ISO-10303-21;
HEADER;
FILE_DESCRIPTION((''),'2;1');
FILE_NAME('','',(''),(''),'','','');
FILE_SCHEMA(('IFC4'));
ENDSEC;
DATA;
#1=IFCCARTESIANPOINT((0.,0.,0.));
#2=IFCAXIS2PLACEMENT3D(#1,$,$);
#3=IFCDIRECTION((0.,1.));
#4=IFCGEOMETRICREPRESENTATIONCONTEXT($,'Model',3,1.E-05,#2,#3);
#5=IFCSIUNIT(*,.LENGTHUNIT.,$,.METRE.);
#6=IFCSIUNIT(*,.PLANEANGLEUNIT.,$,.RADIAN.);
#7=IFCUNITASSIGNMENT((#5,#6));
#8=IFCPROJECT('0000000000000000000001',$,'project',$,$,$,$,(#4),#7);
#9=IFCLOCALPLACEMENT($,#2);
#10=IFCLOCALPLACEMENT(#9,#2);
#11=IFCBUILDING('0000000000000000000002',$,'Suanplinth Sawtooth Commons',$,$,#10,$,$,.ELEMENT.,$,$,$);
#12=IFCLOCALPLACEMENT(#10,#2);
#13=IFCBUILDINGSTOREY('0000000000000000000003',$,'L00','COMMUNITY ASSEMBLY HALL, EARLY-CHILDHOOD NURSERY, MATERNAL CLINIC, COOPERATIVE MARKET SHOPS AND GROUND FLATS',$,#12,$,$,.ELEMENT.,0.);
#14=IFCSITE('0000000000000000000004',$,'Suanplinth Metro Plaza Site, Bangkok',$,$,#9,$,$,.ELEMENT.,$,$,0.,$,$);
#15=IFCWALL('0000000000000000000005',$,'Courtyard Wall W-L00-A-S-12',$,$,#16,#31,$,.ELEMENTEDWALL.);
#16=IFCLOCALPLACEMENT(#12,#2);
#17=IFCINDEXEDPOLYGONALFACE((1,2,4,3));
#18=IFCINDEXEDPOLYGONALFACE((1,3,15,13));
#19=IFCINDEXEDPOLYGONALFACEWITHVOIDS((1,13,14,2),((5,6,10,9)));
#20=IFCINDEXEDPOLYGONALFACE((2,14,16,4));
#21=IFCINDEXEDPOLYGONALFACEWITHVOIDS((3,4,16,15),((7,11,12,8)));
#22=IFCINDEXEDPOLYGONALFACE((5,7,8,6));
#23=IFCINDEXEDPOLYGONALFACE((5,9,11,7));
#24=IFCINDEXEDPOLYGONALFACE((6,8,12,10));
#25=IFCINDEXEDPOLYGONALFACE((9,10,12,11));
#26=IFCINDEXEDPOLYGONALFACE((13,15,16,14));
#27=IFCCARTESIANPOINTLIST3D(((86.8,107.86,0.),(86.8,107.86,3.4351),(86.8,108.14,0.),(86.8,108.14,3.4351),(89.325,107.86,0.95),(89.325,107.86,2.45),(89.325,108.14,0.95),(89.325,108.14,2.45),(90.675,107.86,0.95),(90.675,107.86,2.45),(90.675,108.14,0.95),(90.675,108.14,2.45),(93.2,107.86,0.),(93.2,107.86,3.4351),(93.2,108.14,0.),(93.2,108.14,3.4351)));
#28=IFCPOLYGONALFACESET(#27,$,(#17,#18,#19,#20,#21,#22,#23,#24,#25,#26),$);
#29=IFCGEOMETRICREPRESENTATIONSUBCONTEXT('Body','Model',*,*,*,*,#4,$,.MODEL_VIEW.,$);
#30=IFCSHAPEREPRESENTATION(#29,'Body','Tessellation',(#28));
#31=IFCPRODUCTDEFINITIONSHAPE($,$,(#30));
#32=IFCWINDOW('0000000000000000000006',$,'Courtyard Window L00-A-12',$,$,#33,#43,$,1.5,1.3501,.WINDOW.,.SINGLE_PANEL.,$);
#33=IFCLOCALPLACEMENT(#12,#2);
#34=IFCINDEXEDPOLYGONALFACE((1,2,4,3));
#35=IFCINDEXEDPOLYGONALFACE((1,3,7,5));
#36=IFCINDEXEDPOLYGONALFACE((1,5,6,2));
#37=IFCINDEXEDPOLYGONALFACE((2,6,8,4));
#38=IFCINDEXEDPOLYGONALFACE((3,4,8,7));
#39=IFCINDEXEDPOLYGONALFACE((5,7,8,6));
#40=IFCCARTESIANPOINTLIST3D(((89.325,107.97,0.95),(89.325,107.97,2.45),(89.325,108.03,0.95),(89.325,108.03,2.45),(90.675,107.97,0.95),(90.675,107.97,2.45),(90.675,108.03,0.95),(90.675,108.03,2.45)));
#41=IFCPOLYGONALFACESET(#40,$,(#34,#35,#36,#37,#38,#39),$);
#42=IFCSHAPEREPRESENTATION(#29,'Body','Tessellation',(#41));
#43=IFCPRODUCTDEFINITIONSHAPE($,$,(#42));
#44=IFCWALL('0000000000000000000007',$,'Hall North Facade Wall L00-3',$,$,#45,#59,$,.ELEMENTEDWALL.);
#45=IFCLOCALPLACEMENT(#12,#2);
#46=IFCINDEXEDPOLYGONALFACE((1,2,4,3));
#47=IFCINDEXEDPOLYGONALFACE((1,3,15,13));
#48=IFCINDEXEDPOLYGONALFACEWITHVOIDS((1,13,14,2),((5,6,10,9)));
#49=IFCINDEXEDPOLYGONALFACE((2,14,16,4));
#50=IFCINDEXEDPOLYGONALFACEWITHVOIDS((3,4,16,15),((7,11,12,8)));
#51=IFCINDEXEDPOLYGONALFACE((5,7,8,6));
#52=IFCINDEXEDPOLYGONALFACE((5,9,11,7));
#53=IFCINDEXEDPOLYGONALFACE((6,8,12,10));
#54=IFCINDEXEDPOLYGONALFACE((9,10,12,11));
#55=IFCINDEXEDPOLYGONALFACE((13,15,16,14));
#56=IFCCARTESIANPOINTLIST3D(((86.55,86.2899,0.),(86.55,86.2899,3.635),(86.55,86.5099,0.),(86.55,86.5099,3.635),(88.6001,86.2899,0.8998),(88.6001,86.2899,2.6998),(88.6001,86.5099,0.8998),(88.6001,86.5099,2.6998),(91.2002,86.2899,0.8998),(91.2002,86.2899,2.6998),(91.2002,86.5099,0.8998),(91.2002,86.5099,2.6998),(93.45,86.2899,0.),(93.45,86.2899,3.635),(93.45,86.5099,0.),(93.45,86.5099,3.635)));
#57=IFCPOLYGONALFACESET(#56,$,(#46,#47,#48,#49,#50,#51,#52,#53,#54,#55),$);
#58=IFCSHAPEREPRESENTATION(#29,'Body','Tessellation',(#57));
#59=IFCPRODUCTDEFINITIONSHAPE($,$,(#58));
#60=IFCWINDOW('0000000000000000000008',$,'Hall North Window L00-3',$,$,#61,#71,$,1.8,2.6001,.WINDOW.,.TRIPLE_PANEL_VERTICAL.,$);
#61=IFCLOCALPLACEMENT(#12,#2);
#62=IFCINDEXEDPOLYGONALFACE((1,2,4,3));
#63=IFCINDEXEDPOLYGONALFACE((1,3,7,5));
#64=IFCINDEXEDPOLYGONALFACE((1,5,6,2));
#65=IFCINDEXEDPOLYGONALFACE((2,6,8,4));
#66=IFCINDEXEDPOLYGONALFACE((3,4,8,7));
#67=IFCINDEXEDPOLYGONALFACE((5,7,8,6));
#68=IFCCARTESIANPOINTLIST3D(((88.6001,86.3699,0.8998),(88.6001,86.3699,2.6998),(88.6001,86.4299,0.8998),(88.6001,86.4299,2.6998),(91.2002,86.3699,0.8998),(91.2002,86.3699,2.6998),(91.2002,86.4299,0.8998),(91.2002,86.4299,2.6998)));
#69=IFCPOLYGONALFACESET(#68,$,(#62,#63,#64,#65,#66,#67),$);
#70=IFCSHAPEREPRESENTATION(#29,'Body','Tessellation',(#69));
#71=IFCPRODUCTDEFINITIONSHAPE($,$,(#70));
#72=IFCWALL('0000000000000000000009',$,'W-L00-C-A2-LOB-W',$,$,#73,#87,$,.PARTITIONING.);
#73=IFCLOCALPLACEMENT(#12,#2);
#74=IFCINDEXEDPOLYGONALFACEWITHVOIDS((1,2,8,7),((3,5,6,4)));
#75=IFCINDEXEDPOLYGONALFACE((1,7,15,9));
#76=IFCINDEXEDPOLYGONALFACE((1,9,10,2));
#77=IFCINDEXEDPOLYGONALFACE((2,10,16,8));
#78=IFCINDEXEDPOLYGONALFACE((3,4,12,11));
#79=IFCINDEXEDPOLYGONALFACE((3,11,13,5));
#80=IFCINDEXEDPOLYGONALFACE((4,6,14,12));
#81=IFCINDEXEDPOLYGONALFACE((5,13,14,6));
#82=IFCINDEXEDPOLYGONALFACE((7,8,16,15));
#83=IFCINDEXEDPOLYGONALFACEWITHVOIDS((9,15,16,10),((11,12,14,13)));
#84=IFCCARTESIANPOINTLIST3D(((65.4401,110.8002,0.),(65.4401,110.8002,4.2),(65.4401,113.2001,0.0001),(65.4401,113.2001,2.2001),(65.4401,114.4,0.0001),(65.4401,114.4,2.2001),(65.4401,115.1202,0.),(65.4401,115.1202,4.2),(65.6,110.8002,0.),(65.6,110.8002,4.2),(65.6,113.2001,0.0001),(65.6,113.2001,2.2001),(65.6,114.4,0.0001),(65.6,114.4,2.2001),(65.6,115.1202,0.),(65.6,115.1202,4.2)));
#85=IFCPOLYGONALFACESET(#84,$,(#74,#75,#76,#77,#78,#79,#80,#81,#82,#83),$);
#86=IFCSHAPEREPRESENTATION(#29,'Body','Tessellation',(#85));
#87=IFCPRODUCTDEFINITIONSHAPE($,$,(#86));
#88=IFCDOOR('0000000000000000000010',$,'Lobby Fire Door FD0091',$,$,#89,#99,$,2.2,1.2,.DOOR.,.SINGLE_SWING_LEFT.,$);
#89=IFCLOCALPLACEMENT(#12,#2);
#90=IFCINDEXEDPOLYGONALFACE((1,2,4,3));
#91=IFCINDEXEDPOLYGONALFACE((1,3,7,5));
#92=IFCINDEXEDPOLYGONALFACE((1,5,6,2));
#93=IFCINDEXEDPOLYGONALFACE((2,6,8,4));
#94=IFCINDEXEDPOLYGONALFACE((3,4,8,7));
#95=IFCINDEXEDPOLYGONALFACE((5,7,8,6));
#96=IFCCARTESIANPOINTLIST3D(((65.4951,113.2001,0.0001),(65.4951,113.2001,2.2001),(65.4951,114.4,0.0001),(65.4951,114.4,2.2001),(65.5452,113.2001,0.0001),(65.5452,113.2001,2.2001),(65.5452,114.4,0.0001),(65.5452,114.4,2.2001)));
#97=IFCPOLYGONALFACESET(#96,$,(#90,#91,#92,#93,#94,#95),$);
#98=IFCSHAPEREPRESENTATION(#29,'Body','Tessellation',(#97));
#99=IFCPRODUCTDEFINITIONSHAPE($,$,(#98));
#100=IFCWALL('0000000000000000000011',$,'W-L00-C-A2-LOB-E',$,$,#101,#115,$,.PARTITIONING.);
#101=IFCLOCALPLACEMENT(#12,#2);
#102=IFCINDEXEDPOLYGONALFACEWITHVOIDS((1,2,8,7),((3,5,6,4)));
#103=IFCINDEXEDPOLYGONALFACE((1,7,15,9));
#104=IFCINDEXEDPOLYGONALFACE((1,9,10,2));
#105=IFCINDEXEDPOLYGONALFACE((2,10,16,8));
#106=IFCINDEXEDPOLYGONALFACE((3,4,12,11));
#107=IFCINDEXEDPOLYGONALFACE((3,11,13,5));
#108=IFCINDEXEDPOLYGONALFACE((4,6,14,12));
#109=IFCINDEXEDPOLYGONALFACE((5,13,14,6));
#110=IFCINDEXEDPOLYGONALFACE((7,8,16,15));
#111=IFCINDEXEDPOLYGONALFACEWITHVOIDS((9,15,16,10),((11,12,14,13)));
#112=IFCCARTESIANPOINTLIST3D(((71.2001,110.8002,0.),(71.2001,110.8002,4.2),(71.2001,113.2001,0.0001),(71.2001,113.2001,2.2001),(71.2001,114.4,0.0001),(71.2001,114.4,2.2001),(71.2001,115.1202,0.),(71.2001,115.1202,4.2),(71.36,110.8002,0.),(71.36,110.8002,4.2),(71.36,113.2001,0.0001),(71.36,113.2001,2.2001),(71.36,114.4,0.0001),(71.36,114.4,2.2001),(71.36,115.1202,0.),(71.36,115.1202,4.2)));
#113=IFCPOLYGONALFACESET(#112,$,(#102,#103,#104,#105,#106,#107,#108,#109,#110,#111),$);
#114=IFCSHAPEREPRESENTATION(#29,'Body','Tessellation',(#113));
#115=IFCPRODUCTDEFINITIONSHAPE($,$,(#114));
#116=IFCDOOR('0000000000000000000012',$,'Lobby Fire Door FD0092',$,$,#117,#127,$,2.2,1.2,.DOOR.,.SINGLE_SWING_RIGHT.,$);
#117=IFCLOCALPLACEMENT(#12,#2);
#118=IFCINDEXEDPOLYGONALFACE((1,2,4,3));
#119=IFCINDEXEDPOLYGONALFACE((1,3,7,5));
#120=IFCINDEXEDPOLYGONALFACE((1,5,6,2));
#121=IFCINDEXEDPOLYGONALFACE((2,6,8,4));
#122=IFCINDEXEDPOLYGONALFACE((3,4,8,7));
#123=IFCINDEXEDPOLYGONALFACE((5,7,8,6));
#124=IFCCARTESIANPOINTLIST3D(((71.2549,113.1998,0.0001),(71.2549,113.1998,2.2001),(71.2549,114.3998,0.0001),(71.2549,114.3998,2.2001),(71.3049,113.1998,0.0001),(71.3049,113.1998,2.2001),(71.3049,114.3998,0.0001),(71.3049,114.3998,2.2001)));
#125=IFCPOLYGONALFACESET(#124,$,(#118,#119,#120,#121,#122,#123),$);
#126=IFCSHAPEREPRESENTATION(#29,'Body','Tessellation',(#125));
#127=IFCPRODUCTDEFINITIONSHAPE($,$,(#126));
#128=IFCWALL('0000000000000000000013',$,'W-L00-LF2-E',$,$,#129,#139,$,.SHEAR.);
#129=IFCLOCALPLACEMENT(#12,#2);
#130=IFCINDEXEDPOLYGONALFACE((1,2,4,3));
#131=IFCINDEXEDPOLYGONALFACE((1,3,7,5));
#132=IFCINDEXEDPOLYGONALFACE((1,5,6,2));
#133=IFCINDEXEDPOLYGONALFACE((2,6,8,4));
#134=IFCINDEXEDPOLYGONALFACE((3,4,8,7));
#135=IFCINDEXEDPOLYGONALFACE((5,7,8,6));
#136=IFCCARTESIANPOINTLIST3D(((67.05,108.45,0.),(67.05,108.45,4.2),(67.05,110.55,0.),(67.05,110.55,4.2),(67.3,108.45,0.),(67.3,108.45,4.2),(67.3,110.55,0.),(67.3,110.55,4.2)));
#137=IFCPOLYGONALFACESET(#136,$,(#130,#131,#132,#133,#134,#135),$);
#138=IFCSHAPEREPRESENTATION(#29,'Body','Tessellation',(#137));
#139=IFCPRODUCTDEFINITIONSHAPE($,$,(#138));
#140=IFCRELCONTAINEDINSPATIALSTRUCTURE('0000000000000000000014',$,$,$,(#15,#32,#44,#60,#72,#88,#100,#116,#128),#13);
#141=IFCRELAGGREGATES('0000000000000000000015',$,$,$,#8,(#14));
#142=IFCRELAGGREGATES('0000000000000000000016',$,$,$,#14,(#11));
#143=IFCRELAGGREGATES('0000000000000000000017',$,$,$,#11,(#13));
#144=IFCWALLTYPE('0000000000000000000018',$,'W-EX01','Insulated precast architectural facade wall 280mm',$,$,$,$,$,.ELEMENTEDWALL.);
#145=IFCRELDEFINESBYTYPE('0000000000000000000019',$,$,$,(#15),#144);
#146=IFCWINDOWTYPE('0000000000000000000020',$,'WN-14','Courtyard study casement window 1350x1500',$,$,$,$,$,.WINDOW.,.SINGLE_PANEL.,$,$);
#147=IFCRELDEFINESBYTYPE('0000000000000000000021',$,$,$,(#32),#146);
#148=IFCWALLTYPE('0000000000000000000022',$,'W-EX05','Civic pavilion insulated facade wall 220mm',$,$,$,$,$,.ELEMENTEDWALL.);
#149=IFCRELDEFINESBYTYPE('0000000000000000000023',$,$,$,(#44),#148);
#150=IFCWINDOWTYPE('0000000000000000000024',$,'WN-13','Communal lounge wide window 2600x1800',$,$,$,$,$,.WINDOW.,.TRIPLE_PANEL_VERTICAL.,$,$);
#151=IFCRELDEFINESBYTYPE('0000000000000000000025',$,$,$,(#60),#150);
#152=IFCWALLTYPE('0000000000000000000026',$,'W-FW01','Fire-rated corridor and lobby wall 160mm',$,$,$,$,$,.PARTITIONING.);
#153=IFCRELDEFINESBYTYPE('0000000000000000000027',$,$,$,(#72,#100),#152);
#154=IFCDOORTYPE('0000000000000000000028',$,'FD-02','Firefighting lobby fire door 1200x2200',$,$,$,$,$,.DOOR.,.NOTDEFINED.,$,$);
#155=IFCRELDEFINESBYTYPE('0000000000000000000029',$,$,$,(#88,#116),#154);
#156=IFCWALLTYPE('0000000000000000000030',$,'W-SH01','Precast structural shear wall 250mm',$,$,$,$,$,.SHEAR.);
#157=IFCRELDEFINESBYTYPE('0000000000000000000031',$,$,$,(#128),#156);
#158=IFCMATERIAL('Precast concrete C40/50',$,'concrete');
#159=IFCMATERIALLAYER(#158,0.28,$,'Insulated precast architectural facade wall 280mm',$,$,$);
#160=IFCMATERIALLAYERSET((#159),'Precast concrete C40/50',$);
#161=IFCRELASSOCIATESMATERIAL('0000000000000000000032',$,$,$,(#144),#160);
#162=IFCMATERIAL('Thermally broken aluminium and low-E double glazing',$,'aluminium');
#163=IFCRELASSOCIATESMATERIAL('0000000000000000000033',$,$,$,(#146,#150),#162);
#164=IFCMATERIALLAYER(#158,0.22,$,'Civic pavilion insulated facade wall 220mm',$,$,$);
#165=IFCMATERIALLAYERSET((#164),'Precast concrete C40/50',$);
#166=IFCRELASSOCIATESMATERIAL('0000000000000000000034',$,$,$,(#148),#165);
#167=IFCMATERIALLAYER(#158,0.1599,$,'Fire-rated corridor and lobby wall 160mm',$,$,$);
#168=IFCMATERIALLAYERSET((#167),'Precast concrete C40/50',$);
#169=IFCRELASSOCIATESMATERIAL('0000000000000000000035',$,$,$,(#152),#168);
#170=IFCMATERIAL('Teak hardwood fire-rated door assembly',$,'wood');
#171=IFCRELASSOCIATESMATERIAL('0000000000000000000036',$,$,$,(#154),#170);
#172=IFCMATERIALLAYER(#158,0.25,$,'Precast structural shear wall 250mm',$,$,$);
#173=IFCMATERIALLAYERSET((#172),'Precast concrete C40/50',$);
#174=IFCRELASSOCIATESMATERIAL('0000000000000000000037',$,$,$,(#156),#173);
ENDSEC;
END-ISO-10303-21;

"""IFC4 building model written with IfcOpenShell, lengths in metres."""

from ifc_helpers import new_model, si_unit, direction, frame, frame_2d, origin, place, context, subcontext, project, spatial, rectangle, extrude, material, layer, layer_set, type_object, element, fill, save


model = new_model("IFC4")

# Units and contexts
model_context = context("Model", 3, precision=1e-05, world=origin(), true_north=direction((0.0, 1.0)))
body_context = subcontext(model_context, "Body", "Model", "MODEL_VIEW")
ifc_project = project(units=[si_unit("LENGTHUNIT", "METRE"), si_unit("PLANEANGLEUNIT", "RADIAN")], contexts=[model_context])

# Site, building, storey
site_placement = place(None, origin())
site = spatial("IfcSite", under=ifc_project, at=site_placement, Name="Suanplinth Metro Plaza Site, Bangkok", CompositionType="ELEMENT", RefElevation=0.0)
building_placement = place(site_placement, origin())
building = spatial("IfcBuilding", under=site, at=building_placement, Name="Suanplinth Sawtooth Commons", CompositionType="ELEMENT")
storey_placement = place(building_placement, origin())
storey = spatial("IfcBuildingStorey", under=building, at=storey_placement, Name="L00", Description="COMMUNITY ASSEMBLY HALL, EARLY-CHILDHOOD NURSERY, MATERNAL CLINIC, COOPERATIVE MARKET SHOPS AND GROUND FLATS", CompositionType="ELEMENT", Elevation=0.0)

# Shared definitions
ifc_material_1 = material(Name="Precast concrete C40/50", Category="concrete")
ifc_layer_1 = layer(ifc_material_1, 0.28, Name="Insulated precast architectural facade wall 280mm")
ifc_layer_set_1 = layer_set([ifc_layer_1], Name="Precast concrete C40/50")
wall_type_1 = type_object("IfcWallType", Name="W-EX01", Description="Insulated precast architectural facade wall 280mm", PredefinedType="ELEMENTEDWALL", material=ifc_layer_set_1)

# Walls, openings, windows
ifc_material_2 = material(Name="Thermally broken aluminium and low-E double glazing", Category="aluminium")
window_type_1 = type_object("IfcWindowType", Name="WN-14", Description="Courtyard study casement window 1350x1500", PartitioningType="SINGLE_PANEL", PredefinedType="WINDOW", material=ifc_material_2)
wall_1_placement = place(storey_placement, frame((86.8, 108.0, 0.0), z_axis=(0.0, 0.0, 1.0), x_axis=(1.0, 0.0, 0.0)))
wall_1 = element("IfcWall", 1, at=wall_1_placement, inside=storey, type_object=wall_type_1, Name="Courtyard Wall W-L00-A-S-12", PredefinedType="ELEMENTEDWALL", context=body_context, shape_type="SweptSolid", body=[
    extrude(rectangle(XDim=6.3999, YDim=0.28, at=frame_2d((3.2, 0.0))), origin(), (0.0, 0.0, 1.0), 3.4351),
])
opening_1_placement = place(wall_1_placement, frame((2.5249, 0.0, 0.95)))
opening_1 = element("IfcOpeningElement", 2, at=opening_1_placement, cuts=wall_1, PredefinedType="OPENING", context=body_context, shape_type="SweptSolid", body=[
    extrude(rectangle(XDim=1.3501, YDim=1.5, at=frame_2d((0.675, 0.75))), frame((0.0, 0.1548, 0.0), z_axis=(0.0, -1.0, 0.0), x_axis=(1.0, 0.0, 0.0)), (0.0, 0.0, 1.0), 0.3098),
])
window_1_placement = place(opening_1_placement, origin())
window_1 = element("IfcWindow", 3, at=window_1_placement, inside=storey, type_object=window_type_1, Name="Courtyard Window L00-A-12", OverallHeight=1.5, OverallWidth=1.3501, PartitioningType="SINGLE_PANEL", PredefinedType="WINDOW", context=body_context, shape_type="SweptSolid", body=[
    extrude(rectangle(XDim=1.3501, YDim=1.5, at=frame_2d((0.675, 0.75))), frame((0.0, 0.03, 0.0), z_axis=(0.0, -1.0, 0.0), x_axis=(1.0, 0.0, 0.0)), (0.0, 0.0, 1.0), 0.0601),
])
fill(opening_1, window_1)
ifc_layer_2 = layer(ifc_material_1, 0.22, Name="Civic pavilion insulated facade wall 220mm")
ifc_layer_set_2 = layer_set([ifc_layer_2], Name="Precast concrete C40/50")
wall_type_2 = type_object("IfcWallType", Name="W-EX05", Description="Civic pavilion insulated facade wall 220mm", PredefinedType="ELEMENTEDWALL", material=ifc_layer_set_2)
wall_2_placement = place(storey_placement, frame((86.55, 86.3999, 0.0), z_axis=(0.0, 0.0, 1.0), x_axis=(1.0, 0.0, 0.0)))
wall_2 = element("IfcWall", 4, at=wall_2_placement, inside=storey, type_object=wall_type_2, Name="Hall North Facade Wall L00-3", PredefinedType="ELEMENTEDWALL", context=body_context, shape_type="SweptSolid", body=[
    extrude(rectangle(XDim=6.8999, YDim=0.22, at=frame_2d((3.45, 0.0))), origin(), (0.0, 0.0, 1.0), 3.635),
])
opening_2_placement = place(wall_2_placement, frame((2.05, 0.0, 0.8999)))
opening_2 = element("IfcOpeningElement", 5, at=opening_2_placement, cuts=wall_2, PredefinedType="OPENING", context=body_context, shape_type="SweptSolid", body=[
    extrude(rectangle(XDim=2.6001, YDim=1.8, at=frame_2d((1.3, 0.8999))), frame((0.0, 0.125, 0.0), z_axis=(0.0, -1.0, 0.0), x_axis=(1.0, 0.0, 0.0)), (0.0, 0.0, 1.0), 0.2498),
])
window_type_2 = type_object("IfcWindowType", Name="WN-13", Description="Communal lounge wide window 2600x1800", PartitioningType="TRIPLE_PANEL_VERTICAL", PredefinedType="WINDOW", material=ifc_material_2)
window_2_placement = place(opening_2_placement, origin())
window_2 = element("IfcWindow", 6, at=window_2_placement, inside=storey, type_object=window_type_2, Name="Hall North Window L00-3", OverallHeight=1.8, OverallWidth=2.6001, PartitioningType="TRIPLE_PANEL_VERTICAL", PredefinedType="WINDOW", context=body_context, shape_type="SweptSolid", body=[
    extrude(rectangle(XDim=2.6001, YDim=1.8, at=frame_2d((1.3, 0.8999))), frame((0.0, 0.03, 0.0), z_axis=(0.0, -1.0, 0.0), x_axis=(1.0, 0.0, 0.0)), (0.0, 0.0, 1.0), 0.0601),
])
fill(opening_2, window_2)

# Walls, openings, doors
ifc_layer_3 = layer(ifc_material_1, 0.1599, Name="Fire-rated corridor and lobby wall 160mm")
ifc_layer_set_3 = layer_set([ifc_layer_3], Name="Precast concrete C40/50")
wall_type_3 = type_object("IfcWallType", Name="W-FW01", Description="Fire-rated corridor and lobby wall 160mm", PredefinedType="PARTITIONING", material=ifc_layer_set_3)
wall_3_placement = place(storey_placement, frame((65.52, 110.8, 0.0), z_axis=(0.0, 0.0, 1.0), x_axis=(0.0, 1.0, 0.0)))
wall_3 = element("IfcWall", 7, at=wall_3_placement, inside=storey, type_object=wall_type_3, Name="W-L00-C-A2-LOB-W", PredefinedType="PARTITIONING", context=body_context, shape_type="SweptSolid", body=[
    extrude(rectangle(XDim=4.3201, YDim=0.1599, at=frame_2d((2.1602, 0.0))), origin(), (0.0, 0.0, 1.0), 4.2),
])
opening_3_placement = place(wall_3_placement, frame((2.3999, 0.0, 0.0)))
opening_3 = element("IfcOpeningElement", 8, at=opening_3_placement, cuts=wall_3, PredefinedType="OPENING", context=body_context, shape_type="SweptSolid", body=[
    extrude(rectangle(XDim=1.2, YDim=2.2, at=frame_2d((0.6001, 1.1001))), frame((0.0, 0.0947, 0.0), z_axis=(0.0, -1.0, 0.0), x_axis=(1.0, 0.0, 0.0)), (0.0, 0.0, 1.0), 0.1897),
])
ifc_material_3 = material(Name="Teak hardwood fire-rated door assembly", Category="wood")
door_type_1 = type_object("IfcDoorType", Name="FD-02", Description="Firefighting lobby fire door 1200x2200", OperationType="NOTDEFINED", PredefinedType="DOOR", material=ifc_material_3)
door_1_placement = place(opening_3_placement, origin())
door_1 = element("IfcDoor", 9, at=door_1_placement, inside=storey, type_object=door_type_1, Name="Lobby Fire Door FD0091", OperationType="SINGLE_SWING_LEFT", OverallHeight=2.2, OverallWidth=1.2, PredefinedType="DOOR", context=body_context, shape_type="SweptSolid", body=[
    extrude(rectangle(XDim=1.2, YDim=2.2, at=frame_2d((0.6001, 1.1001))), frame((0.0, 0.0249, 0.0), z_axis=(0.0, -1.0, 0.0), x_axis=(1.0, 0.0, 0.0)), (0.0, 0.0, 1.0), 0.05),
])
fill(opening_3, door_1)
wall_4_placement = place(storey_placement, frame((71.28, 110.8, 0.0), z_axis=(0.0, 0.0, 1.0), x_axis=(0.0, 1.0, 0.0)))
wall_4 = element("IfcWall", 10, at=wall_4_placement, inside=storey, type_object=wall_type_3, Name="W-L00-C-A2-LOB-E", PredefinedType="PARTITIONING", context=body_context, shape_type="SweptSolid", body=[
    extrude(rectangle(XDim=4.3201, YDim=0.1599, at=frame_2d((2.1602, 0.0))), origin(), (0.0, 0.0, 1.0), 4.2),
])
opening_4_placement = place(wall_4_placement, frame((2.3999, 0.0, 0.0)))
opening_4 = element("IfcOpeningElement", 11, at=opening_4_placement, cuts=wall_4, PredefinedType="OPENING", context=body_context, shape_type="SweptSolid", body=[
    extrude(rectangle(XDim=1.2, YDim=2.2, at=frame_2d((0.6001, 1.1001))), frame((0.0, 0.0947, 0.0), z_axis=(0.0, -1.0, 0.0), x_axis=(1.0, 0.0, 0.0)), (0.0, 0.0, 1.0), 0.1897),
])
door_2_placement = place(opening_4_placement, frame((1.2, 0.0, 0.0), z_axis=(0.0, 0.0, 1.0), x_axis=(-1.0, 0.0, 0.0)))
door_2 = element("IfcDoor", 12, at=door_2_placement, inside=storey, type_object=door_type_1, Name="Lobby Fire Door FD0092", OperationType="SINGLE_SWING_RIGHT", OverallHeight=2.2, OverallWidth=1.2, PredefinedType="DOOR", context=body_context, shape_type="SweptSolid", body=[
    extrude(rectangle(XDim=1.2, YDim=2.2, at=frame_2d((0.6001, 1.1001))), frame((0.0, 0.0249, 0.0), z_axis=(0.0, -1.0, 0.0), x_axis=(1.0, 0.0, 0.0)), (0.0, 0.0, 1.0), 0.05),
])
fill(opening_4, door_2)

# Wall
ifc_layer_4 = layer(ifc_material_1, 0.25, Name="Precast structural shear wall 250mm")
ifc_layer_set_4 = layer_set([ifc_layer_4], Name="Precast concrete C40/50")
wall_type_4 = type_object("IfcWallType", Name="W-SH01", Description="Precast structural shear wall 250mm", PredefinedType="SHEAR", material=ifc_layer_set_4)
wall_5_placement = place(storey_placement, frame((67.175, 108.45, 0.0), z_axis=(0.0, 0.0, 1.0), x_axis=(0.0, 1.0, 0.0)))
element("IfcWall", 13, at=wall_5_placement, inside=storey, type_object=wall_type_4, Name="W-L00-LF2-E", PredefinedType="SHEAR", context=body_context, shape_type="SweptSolid", body=[
    extrude(rectangle(XDim=2.1001, YDim=0.25, at=frame_2d((1.05, 0.0))), origin(), (0.0, 0.0, 1.0), 4.2),
])

save(model, "model.ifc")
